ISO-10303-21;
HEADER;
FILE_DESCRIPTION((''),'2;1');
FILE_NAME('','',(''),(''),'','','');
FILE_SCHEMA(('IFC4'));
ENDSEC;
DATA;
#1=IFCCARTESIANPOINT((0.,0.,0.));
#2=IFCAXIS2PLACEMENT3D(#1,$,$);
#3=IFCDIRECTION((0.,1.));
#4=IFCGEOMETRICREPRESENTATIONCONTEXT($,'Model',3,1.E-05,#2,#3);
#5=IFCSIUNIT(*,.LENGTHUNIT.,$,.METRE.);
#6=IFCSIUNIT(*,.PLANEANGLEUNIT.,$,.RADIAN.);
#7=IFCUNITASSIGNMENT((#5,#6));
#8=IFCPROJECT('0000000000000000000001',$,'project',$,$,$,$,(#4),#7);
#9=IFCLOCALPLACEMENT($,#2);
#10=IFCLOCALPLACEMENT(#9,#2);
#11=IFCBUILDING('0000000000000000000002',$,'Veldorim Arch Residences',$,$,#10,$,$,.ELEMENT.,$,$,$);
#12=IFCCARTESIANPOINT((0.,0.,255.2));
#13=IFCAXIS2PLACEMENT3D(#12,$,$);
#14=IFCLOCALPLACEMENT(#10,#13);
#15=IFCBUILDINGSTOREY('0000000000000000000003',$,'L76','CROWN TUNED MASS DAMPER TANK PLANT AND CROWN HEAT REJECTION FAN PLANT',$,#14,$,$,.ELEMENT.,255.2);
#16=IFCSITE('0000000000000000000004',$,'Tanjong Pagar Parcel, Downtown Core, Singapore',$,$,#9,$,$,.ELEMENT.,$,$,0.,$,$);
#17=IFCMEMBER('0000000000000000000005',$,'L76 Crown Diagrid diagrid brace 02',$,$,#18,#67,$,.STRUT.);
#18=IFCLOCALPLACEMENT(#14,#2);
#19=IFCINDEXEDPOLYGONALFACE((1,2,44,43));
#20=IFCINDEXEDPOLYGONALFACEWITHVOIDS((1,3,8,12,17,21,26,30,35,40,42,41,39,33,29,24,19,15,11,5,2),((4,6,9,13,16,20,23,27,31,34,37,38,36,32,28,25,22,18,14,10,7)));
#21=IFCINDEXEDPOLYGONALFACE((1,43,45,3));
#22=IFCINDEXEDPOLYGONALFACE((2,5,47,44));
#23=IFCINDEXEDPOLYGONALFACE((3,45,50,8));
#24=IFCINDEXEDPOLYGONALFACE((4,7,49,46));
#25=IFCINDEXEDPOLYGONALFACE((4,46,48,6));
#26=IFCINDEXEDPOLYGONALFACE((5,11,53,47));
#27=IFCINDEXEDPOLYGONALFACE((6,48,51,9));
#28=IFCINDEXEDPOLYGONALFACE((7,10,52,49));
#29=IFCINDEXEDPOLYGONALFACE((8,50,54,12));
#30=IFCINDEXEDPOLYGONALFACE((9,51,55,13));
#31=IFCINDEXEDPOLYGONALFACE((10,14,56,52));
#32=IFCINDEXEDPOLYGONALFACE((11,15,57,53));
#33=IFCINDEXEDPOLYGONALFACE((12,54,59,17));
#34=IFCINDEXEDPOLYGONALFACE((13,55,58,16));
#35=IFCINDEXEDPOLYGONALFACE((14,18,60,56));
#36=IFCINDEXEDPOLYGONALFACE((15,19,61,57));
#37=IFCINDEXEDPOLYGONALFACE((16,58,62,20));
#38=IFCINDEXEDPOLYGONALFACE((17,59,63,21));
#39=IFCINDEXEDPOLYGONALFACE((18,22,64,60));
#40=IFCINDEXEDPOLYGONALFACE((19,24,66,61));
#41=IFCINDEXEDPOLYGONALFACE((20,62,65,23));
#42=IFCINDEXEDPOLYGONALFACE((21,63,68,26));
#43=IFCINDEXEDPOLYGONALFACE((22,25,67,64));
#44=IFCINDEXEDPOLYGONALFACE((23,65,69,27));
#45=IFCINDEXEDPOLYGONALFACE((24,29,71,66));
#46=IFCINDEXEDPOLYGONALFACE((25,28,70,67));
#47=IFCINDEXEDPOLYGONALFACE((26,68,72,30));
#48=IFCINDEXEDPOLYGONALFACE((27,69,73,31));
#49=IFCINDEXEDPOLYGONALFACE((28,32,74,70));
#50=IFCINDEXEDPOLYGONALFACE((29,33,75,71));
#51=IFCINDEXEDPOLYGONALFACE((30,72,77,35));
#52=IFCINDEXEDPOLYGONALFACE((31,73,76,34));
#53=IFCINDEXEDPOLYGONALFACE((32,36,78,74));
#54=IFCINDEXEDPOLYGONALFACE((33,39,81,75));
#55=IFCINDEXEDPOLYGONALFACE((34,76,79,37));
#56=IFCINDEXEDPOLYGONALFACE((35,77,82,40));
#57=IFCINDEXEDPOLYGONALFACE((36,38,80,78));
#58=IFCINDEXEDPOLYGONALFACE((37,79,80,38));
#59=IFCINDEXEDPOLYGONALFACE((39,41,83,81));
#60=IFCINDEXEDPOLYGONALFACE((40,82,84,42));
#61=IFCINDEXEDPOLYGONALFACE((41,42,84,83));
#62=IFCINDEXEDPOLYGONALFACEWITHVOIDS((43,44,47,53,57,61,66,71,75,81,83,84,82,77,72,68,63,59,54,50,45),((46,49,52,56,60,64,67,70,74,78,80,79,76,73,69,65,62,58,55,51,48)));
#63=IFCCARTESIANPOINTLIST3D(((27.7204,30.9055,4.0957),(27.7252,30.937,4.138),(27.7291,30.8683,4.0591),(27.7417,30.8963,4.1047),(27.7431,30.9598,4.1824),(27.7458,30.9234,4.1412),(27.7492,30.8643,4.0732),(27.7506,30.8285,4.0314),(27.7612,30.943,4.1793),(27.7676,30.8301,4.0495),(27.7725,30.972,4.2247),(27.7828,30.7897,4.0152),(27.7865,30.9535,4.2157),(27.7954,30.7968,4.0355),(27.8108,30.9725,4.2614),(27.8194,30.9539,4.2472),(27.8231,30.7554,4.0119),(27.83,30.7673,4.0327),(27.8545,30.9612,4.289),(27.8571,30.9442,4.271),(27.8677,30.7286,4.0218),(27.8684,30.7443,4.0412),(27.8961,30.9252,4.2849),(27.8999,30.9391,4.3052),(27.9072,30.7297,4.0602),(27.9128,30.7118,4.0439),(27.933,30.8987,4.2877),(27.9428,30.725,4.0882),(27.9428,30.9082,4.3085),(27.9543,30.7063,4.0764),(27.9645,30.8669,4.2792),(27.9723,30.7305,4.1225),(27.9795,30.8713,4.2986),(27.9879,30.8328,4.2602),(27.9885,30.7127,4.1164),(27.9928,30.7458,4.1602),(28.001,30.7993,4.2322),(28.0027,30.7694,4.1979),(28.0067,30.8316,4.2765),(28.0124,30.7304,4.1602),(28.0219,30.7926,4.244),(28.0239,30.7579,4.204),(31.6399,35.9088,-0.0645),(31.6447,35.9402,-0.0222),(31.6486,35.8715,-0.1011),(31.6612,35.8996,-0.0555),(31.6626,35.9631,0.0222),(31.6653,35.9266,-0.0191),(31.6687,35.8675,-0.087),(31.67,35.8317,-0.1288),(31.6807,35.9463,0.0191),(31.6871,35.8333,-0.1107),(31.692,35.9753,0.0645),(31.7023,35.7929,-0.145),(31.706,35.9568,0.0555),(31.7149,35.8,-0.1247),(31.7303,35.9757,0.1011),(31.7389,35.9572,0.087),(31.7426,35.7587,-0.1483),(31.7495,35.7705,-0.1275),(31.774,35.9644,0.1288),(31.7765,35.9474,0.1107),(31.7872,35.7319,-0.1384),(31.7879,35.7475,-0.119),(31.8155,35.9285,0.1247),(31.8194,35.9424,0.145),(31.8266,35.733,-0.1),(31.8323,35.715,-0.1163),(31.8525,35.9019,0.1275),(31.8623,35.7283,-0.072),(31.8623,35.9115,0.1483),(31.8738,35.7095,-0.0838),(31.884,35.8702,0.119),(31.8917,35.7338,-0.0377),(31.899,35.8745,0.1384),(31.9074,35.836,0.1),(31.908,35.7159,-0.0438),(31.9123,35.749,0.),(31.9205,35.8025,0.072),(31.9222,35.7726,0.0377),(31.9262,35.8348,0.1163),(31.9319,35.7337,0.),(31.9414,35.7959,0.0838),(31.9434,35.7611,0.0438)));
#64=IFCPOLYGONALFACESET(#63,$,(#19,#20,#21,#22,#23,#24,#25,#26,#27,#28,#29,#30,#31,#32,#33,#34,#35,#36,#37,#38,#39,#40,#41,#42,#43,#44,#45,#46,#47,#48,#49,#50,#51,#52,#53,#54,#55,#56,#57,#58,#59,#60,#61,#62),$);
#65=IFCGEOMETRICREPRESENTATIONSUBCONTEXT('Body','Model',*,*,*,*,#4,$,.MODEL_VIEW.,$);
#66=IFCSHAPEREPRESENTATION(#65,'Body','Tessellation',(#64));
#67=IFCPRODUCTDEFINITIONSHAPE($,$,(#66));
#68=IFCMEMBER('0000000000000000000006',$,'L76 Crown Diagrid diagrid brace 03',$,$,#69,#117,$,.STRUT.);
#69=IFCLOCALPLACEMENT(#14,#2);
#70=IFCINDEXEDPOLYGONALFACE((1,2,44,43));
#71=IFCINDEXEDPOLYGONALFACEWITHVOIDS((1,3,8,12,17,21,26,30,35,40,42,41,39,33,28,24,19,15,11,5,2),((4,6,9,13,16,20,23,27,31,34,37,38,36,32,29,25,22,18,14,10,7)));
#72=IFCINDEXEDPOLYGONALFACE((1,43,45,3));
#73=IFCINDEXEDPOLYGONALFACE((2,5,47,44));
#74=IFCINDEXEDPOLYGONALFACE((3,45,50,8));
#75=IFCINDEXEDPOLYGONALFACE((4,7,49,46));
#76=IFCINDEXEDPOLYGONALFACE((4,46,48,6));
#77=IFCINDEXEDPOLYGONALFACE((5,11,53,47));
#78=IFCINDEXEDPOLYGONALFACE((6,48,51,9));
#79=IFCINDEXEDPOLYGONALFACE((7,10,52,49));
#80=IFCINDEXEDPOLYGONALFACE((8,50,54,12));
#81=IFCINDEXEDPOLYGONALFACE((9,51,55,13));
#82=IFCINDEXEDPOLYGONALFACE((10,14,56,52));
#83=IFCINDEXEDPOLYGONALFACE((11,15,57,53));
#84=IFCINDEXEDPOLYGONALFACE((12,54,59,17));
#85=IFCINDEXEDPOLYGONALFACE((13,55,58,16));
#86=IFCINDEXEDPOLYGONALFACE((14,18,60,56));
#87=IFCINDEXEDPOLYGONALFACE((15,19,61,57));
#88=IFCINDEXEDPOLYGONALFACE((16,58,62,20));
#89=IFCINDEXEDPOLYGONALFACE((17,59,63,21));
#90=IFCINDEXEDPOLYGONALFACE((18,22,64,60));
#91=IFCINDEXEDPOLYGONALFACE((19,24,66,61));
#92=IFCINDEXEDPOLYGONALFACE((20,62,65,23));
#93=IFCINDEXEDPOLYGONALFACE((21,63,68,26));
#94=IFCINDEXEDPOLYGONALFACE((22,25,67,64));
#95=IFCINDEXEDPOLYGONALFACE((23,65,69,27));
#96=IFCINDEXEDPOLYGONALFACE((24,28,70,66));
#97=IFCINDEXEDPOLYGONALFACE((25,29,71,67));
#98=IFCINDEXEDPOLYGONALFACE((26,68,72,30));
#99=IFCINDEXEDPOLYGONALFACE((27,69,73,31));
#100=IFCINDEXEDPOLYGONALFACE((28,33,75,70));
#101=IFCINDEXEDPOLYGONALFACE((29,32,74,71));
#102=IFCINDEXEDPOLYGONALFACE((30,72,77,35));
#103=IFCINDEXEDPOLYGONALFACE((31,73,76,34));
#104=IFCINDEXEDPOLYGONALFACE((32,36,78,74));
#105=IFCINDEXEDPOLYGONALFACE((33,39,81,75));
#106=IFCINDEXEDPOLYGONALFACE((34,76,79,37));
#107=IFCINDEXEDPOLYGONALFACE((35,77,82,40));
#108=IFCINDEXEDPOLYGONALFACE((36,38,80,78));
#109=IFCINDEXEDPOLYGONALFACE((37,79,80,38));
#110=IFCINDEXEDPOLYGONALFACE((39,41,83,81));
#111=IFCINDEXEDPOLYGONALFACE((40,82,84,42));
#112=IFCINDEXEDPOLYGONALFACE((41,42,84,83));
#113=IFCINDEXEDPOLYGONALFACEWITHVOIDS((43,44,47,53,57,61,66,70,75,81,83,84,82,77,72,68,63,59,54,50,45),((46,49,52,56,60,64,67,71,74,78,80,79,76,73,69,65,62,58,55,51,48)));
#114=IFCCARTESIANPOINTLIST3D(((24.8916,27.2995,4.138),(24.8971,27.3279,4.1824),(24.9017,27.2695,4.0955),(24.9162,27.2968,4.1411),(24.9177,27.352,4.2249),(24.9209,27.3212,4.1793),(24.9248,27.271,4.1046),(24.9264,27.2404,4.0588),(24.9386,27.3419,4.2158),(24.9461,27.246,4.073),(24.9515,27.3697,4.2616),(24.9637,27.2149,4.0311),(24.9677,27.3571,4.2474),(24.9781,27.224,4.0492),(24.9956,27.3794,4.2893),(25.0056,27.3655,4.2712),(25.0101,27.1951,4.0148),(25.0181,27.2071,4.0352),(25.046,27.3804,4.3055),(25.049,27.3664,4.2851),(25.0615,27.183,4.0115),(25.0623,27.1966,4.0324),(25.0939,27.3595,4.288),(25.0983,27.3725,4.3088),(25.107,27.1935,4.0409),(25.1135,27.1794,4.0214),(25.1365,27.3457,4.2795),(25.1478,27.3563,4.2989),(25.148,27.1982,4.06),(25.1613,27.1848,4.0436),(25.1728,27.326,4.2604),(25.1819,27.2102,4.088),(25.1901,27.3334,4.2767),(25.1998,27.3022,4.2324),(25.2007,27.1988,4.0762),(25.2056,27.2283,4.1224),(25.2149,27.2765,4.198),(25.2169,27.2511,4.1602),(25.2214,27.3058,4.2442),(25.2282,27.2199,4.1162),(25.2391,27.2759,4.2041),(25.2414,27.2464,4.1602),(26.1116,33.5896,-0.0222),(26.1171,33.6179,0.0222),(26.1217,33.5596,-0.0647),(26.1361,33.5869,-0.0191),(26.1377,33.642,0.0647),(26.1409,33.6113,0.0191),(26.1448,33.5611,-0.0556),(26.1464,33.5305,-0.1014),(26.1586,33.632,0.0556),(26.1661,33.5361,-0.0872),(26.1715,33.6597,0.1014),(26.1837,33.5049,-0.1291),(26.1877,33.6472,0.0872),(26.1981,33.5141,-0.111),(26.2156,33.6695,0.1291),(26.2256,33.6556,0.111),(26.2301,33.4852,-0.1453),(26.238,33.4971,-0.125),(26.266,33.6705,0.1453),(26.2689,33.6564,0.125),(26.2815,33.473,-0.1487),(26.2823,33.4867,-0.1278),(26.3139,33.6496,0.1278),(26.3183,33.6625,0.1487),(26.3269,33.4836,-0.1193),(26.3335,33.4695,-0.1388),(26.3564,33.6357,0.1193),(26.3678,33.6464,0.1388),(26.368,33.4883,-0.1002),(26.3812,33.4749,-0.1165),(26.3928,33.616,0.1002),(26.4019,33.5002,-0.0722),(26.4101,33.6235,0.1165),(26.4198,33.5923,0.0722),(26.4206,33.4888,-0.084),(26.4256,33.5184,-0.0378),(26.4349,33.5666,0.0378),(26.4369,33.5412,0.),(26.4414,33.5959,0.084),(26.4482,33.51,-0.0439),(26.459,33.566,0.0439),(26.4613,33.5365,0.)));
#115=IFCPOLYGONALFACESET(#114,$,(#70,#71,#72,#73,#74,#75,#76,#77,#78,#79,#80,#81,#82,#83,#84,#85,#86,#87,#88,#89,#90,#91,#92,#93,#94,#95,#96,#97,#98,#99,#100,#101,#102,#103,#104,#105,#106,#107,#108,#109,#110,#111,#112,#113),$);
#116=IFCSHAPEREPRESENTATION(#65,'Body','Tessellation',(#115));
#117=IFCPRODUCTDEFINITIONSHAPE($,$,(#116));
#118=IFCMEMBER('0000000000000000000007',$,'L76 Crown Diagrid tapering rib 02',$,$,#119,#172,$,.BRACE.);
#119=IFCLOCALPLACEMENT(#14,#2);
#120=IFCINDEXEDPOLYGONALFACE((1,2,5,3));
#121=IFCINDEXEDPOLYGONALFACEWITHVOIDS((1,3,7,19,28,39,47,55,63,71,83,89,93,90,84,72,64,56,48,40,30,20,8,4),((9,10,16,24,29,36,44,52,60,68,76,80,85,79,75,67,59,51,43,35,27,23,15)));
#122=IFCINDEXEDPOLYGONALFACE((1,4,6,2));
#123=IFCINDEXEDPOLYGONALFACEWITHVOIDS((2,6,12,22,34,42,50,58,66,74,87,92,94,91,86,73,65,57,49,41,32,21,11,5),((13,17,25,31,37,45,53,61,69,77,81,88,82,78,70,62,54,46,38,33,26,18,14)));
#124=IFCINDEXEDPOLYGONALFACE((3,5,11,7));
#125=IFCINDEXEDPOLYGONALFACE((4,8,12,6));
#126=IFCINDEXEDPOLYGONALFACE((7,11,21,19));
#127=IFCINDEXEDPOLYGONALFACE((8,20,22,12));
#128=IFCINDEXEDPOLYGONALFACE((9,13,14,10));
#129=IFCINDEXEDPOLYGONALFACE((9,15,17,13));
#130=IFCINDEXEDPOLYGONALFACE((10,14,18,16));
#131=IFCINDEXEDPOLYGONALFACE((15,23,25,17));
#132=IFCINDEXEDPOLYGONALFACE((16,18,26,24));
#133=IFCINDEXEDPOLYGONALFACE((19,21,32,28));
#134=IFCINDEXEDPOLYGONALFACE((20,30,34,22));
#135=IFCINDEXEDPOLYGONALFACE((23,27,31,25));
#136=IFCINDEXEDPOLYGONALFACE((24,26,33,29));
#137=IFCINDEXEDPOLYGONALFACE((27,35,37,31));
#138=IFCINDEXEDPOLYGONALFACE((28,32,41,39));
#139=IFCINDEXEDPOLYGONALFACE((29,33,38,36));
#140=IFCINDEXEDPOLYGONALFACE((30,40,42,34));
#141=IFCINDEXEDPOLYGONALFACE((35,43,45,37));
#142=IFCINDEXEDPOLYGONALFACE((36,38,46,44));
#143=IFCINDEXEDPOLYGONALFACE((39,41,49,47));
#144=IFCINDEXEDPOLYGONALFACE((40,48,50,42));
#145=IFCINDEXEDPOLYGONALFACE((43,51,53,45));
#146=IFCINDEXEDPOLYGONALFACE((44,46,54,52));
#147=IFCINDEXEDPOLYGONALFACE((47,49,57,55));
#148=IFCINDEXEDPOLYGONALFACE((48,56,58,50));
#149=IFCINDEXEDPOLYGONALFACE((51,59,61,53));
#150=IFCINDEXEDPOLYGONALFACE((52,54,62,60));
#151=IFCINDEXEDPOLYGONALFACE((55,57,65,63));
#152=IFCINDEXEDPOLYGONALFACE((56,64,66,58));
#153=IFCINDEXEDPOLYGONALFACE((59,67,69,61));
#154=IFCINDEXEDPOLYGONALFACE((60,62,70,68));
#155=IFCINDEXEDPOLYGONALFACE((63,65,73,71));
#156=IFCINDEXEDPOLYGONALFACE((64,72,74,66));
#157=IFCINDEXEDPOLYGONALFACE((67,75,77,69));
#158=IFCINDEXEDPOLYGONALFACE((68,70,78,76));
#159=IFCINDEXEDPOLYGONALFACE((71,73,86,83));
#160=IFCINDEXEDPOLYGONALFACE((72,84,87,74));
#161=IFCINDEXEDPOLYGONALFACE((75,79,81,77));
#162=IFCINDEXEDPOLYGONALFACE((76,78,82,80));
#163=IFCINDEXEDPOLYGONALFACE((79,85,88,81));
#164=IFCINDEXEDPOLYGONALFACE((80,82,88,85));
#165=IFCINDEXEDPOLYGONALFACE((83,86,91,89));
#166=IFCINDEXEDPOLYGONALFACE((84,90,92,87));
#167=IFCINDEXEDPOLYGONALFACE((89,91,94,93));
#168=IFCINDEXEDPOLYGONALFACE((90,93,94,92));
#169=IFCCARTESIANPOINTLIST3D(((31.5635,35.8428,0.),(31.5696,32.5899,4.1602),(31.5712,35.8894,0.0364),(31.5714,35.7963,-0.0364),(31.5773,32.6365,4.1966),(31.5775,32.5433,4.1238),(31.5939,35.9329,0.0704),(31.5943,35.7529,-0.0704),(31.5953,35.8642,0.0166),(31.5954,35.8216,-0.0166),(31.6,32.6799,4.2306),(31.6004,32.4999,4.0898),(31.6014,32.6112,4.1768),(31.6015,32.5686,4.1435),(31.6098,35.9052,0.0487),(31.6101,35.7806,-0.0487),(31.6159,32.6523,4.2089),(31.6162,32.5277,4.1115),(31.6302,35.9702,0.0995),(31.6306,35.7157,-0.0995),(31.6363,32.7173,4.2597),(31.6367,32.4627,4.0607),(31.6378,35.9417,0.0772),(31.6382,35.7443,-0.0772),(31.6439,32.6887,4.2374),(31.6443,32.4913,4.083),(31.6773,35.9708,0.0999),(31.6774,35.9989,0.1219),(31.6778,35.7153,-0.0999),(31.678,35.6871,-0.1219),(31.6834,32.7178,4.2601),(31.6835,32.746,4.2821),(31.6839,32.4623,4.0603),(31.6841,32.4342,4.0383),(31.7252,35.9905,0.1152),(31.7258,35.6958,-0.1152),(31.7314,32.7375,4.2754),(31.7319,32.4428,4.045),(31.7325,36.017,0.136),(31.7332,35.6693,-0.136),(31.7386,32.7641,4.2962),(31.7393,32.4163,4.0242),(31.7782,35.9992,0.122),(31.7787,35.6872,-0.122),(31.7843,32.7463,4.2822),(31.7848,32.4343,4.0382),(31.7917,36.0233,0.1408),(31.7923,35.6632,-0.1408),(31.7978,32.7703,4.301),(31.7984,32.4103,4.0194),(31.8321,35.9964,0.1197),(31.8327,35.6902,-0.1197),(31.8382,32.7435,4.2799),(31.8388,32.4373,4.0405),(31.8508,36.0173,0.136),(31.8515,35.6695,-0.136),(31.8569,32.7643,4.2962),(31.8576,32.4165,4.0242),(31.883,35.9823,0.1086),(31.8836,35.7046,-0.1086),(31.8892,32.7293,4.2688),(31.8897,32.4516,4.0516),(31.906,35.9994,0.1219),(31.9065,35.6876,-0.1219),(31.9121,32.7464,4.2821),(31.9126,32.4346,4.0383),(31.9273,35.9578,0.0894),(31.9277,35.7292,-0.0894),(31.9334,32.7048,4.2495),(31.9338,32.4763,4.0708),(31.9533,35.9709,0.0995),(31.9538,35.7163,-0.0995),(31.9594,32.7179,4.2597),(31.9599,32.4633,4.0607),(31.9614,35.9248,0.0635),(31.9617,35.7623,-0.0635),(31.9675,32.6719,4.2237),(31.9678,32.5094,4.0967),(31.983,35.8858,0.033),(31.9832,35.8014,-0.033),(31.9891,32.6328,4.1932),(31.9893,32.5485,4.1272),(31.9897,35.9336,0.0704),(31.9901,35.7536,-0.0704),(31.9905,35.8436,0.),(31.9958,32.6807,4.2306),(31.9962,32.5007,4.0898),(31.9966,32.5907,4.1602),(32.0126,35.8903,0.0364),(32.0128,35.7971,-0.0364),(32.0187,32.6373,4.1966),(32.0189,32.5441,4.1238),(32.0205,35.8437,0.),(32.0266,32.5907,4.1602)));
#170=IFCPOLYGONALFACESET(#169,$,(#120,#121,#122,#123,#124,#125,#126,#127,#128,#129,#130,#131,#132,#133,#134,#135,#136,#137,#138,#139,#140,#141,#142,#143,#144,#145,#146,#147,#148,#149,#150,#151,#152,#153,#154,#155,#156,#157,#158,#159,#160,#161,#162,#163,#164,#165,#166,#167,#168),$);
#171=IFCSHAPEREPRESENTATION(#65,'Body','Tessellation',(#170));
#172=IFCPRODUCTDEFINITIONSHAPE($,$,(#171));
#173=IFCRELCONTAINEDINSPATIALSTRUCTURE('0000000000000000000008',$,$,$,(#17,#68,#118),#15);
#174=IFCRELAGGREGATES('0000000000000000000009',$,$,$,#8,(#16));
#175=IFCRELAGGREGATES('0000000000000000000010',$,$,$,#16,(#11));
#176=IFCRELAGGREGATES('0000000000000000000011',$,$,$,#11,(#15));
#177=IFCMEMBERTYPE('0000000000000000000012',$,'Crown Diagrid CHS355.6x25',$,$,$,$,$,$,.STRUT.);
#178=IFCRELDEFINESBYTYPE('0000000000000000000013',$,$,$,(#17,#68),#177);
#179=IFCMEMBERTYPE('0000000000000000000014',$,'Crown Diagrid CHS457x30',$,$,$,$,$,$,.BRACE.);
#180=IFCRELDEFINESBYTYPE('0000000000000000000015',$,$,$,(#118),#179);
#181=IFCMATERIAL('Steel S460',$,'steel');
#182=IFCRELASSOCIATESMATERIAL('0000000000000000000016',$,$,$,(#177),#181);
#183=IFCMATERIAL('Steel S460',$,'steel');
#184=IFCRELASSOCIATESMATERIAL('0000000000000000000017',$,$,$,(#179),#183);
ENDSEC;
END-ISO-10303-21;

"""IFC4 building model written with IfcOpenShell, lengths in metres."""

from ifc_helpers import new_model, si_unit, direction, frame, origin, origin_2d, place, context, subcontext, project, spatial, hollow_circle, extrude, material, material_profile, profile_set, type_object, element, save


model = new_model("IFC4")

# Units and contexts
model_context = context("Model", 3, precision=1e-05, world=origin(), true_north=direction((0.0, 1.0)))
body_context = subcontext(model_context, "Body", "Model", "MODEL_VIEW")
ifc_project = project(units=[si_unit("LENGTHUNIT", "METRE"), si_unit("PLANEANGLEUNIT", "RADIAN")], contexts=[model_context])

# Site, building, storey
site_placement = place(None, origin())
site = spatial("IfcSite", under=ifc_project, at=site_placement, Name="Tanjong Pagar Parcel, Downtown Core, Singapore", CompositionType="ELEMENT", RefElevation=0.0)
building_placement = place(site_placement, origin())
building = spatial("IfcBuilding", under=site, at=building_placement, Name="Veldorim Arch Residences", CompositionType="ELEMENT")
storey_placement = place(building_placement, frame((0.0, 0.0, 255.2)))
storey = spatial("IfcBuildingStorey", under=building, at=storey_placement, Name="L76", Description="CROWN TUNED MASS DAMPER TANK PLANT AND CROWN HEAT REJECTION FAN PLANT", CompositionType="ELEMENT", Elevation=255.2)

# Members
ifc_material_1 = material(Name="Steel S460", Category="steel")
ifc_material_profile_1 = material_profile(ifc_material_1, hollow_circle(Radius=0.1777, WallThickness=0.0249, at=origin_2d()), Name="CHS355.6x25")
ifc_profile_set_1 = profile_set([ifc_material_profile_1], Name="Steel S460")
member_type_1 = type_object("IfcMemberType", Name="Crown Diagrid CHS355.6x25", PredefinedType="STRUT", material=ifc_profile_set_1)
member_1_placement = place(storey_placement, frame((31.792, 35.8433, 0.0), z_axis=(-0.51598, -0.658651, 0.547671), x_axis=(0.787207, -0.616689, 0.0)))
element("IfcMember", 1, at=member_1_placement, inside=storey, type_object=member_type_1, Name="L76 Crown Diagrid diagrid brace 02", PredefinedType="STRUT", context=body_context, shape_type="SweptSolid", body=[
    extrude(hollow_circle(Radius=0.1777, WallThickness=0.0249, at=origin_2d()), origin(), (0.0, 0.0, 1.0), 7.5962),
])
member_2_placement = place(storey_placement, frame((26.2869, 33.5703, 0.0), z_axis=(-0.159695, -0.823373, 0.544569), x_axis=(0.981706, -0.190405, 0.0)))
element("IfcMember", 2, at=member_2_placement, inside=storey, type_object=member_type_1, Name="L76 Crown Diagrid diagrid brace 03", PredefinedType="STRUT", context=body_context, shape_type="SweptSolid", body=[
    extrude(hollow_circle(Radius=0.1777, WallThickness=0.0249, at=origin_2d()), origin(), (0.0, 0.0, 1.0), 7.6394),
])
ifc_material_2 = material(Name="Steel S460", Category="steel")
ifc_material_profile_2 = material_profile(ifc_material_2, hollow_circle(Radius=0.2285, WallThickness=0.03, at=origin_2d()), Name="CHS457x30")
ifc_profile_set_2 = profile_set([ifc_material_profile_2], Name="Steel S460")
member_type_2 = type_object("IfcMemberType", Name="Crown Diagrid CHS457x30", PredefinedType="BRACE", material=ifc_profile_set_2)
member_3_placement = place(storey_placement, frame((31.792, 35.8433, 0.0), z_axis=(0.001156, -0.615974, 0.787766), x_axis=(0.999998, 0.001876, 0.0)))
element("IfcMember", 3, at=member_3_placement, inside=storey, type_object=member_type_2, Name="L76 Crown Diagrid tapering rib 02", PredefinedType="BRACE", context=body_context, shape_type="SweptSolid", body=[
    extrude(hollow_circle(Radius=0.2285, WallThickness=0.03, at=origin_2d()), origin(), (0.0, 0.0, 1.0), 5.281),
])

save(model, "model.ifc")
